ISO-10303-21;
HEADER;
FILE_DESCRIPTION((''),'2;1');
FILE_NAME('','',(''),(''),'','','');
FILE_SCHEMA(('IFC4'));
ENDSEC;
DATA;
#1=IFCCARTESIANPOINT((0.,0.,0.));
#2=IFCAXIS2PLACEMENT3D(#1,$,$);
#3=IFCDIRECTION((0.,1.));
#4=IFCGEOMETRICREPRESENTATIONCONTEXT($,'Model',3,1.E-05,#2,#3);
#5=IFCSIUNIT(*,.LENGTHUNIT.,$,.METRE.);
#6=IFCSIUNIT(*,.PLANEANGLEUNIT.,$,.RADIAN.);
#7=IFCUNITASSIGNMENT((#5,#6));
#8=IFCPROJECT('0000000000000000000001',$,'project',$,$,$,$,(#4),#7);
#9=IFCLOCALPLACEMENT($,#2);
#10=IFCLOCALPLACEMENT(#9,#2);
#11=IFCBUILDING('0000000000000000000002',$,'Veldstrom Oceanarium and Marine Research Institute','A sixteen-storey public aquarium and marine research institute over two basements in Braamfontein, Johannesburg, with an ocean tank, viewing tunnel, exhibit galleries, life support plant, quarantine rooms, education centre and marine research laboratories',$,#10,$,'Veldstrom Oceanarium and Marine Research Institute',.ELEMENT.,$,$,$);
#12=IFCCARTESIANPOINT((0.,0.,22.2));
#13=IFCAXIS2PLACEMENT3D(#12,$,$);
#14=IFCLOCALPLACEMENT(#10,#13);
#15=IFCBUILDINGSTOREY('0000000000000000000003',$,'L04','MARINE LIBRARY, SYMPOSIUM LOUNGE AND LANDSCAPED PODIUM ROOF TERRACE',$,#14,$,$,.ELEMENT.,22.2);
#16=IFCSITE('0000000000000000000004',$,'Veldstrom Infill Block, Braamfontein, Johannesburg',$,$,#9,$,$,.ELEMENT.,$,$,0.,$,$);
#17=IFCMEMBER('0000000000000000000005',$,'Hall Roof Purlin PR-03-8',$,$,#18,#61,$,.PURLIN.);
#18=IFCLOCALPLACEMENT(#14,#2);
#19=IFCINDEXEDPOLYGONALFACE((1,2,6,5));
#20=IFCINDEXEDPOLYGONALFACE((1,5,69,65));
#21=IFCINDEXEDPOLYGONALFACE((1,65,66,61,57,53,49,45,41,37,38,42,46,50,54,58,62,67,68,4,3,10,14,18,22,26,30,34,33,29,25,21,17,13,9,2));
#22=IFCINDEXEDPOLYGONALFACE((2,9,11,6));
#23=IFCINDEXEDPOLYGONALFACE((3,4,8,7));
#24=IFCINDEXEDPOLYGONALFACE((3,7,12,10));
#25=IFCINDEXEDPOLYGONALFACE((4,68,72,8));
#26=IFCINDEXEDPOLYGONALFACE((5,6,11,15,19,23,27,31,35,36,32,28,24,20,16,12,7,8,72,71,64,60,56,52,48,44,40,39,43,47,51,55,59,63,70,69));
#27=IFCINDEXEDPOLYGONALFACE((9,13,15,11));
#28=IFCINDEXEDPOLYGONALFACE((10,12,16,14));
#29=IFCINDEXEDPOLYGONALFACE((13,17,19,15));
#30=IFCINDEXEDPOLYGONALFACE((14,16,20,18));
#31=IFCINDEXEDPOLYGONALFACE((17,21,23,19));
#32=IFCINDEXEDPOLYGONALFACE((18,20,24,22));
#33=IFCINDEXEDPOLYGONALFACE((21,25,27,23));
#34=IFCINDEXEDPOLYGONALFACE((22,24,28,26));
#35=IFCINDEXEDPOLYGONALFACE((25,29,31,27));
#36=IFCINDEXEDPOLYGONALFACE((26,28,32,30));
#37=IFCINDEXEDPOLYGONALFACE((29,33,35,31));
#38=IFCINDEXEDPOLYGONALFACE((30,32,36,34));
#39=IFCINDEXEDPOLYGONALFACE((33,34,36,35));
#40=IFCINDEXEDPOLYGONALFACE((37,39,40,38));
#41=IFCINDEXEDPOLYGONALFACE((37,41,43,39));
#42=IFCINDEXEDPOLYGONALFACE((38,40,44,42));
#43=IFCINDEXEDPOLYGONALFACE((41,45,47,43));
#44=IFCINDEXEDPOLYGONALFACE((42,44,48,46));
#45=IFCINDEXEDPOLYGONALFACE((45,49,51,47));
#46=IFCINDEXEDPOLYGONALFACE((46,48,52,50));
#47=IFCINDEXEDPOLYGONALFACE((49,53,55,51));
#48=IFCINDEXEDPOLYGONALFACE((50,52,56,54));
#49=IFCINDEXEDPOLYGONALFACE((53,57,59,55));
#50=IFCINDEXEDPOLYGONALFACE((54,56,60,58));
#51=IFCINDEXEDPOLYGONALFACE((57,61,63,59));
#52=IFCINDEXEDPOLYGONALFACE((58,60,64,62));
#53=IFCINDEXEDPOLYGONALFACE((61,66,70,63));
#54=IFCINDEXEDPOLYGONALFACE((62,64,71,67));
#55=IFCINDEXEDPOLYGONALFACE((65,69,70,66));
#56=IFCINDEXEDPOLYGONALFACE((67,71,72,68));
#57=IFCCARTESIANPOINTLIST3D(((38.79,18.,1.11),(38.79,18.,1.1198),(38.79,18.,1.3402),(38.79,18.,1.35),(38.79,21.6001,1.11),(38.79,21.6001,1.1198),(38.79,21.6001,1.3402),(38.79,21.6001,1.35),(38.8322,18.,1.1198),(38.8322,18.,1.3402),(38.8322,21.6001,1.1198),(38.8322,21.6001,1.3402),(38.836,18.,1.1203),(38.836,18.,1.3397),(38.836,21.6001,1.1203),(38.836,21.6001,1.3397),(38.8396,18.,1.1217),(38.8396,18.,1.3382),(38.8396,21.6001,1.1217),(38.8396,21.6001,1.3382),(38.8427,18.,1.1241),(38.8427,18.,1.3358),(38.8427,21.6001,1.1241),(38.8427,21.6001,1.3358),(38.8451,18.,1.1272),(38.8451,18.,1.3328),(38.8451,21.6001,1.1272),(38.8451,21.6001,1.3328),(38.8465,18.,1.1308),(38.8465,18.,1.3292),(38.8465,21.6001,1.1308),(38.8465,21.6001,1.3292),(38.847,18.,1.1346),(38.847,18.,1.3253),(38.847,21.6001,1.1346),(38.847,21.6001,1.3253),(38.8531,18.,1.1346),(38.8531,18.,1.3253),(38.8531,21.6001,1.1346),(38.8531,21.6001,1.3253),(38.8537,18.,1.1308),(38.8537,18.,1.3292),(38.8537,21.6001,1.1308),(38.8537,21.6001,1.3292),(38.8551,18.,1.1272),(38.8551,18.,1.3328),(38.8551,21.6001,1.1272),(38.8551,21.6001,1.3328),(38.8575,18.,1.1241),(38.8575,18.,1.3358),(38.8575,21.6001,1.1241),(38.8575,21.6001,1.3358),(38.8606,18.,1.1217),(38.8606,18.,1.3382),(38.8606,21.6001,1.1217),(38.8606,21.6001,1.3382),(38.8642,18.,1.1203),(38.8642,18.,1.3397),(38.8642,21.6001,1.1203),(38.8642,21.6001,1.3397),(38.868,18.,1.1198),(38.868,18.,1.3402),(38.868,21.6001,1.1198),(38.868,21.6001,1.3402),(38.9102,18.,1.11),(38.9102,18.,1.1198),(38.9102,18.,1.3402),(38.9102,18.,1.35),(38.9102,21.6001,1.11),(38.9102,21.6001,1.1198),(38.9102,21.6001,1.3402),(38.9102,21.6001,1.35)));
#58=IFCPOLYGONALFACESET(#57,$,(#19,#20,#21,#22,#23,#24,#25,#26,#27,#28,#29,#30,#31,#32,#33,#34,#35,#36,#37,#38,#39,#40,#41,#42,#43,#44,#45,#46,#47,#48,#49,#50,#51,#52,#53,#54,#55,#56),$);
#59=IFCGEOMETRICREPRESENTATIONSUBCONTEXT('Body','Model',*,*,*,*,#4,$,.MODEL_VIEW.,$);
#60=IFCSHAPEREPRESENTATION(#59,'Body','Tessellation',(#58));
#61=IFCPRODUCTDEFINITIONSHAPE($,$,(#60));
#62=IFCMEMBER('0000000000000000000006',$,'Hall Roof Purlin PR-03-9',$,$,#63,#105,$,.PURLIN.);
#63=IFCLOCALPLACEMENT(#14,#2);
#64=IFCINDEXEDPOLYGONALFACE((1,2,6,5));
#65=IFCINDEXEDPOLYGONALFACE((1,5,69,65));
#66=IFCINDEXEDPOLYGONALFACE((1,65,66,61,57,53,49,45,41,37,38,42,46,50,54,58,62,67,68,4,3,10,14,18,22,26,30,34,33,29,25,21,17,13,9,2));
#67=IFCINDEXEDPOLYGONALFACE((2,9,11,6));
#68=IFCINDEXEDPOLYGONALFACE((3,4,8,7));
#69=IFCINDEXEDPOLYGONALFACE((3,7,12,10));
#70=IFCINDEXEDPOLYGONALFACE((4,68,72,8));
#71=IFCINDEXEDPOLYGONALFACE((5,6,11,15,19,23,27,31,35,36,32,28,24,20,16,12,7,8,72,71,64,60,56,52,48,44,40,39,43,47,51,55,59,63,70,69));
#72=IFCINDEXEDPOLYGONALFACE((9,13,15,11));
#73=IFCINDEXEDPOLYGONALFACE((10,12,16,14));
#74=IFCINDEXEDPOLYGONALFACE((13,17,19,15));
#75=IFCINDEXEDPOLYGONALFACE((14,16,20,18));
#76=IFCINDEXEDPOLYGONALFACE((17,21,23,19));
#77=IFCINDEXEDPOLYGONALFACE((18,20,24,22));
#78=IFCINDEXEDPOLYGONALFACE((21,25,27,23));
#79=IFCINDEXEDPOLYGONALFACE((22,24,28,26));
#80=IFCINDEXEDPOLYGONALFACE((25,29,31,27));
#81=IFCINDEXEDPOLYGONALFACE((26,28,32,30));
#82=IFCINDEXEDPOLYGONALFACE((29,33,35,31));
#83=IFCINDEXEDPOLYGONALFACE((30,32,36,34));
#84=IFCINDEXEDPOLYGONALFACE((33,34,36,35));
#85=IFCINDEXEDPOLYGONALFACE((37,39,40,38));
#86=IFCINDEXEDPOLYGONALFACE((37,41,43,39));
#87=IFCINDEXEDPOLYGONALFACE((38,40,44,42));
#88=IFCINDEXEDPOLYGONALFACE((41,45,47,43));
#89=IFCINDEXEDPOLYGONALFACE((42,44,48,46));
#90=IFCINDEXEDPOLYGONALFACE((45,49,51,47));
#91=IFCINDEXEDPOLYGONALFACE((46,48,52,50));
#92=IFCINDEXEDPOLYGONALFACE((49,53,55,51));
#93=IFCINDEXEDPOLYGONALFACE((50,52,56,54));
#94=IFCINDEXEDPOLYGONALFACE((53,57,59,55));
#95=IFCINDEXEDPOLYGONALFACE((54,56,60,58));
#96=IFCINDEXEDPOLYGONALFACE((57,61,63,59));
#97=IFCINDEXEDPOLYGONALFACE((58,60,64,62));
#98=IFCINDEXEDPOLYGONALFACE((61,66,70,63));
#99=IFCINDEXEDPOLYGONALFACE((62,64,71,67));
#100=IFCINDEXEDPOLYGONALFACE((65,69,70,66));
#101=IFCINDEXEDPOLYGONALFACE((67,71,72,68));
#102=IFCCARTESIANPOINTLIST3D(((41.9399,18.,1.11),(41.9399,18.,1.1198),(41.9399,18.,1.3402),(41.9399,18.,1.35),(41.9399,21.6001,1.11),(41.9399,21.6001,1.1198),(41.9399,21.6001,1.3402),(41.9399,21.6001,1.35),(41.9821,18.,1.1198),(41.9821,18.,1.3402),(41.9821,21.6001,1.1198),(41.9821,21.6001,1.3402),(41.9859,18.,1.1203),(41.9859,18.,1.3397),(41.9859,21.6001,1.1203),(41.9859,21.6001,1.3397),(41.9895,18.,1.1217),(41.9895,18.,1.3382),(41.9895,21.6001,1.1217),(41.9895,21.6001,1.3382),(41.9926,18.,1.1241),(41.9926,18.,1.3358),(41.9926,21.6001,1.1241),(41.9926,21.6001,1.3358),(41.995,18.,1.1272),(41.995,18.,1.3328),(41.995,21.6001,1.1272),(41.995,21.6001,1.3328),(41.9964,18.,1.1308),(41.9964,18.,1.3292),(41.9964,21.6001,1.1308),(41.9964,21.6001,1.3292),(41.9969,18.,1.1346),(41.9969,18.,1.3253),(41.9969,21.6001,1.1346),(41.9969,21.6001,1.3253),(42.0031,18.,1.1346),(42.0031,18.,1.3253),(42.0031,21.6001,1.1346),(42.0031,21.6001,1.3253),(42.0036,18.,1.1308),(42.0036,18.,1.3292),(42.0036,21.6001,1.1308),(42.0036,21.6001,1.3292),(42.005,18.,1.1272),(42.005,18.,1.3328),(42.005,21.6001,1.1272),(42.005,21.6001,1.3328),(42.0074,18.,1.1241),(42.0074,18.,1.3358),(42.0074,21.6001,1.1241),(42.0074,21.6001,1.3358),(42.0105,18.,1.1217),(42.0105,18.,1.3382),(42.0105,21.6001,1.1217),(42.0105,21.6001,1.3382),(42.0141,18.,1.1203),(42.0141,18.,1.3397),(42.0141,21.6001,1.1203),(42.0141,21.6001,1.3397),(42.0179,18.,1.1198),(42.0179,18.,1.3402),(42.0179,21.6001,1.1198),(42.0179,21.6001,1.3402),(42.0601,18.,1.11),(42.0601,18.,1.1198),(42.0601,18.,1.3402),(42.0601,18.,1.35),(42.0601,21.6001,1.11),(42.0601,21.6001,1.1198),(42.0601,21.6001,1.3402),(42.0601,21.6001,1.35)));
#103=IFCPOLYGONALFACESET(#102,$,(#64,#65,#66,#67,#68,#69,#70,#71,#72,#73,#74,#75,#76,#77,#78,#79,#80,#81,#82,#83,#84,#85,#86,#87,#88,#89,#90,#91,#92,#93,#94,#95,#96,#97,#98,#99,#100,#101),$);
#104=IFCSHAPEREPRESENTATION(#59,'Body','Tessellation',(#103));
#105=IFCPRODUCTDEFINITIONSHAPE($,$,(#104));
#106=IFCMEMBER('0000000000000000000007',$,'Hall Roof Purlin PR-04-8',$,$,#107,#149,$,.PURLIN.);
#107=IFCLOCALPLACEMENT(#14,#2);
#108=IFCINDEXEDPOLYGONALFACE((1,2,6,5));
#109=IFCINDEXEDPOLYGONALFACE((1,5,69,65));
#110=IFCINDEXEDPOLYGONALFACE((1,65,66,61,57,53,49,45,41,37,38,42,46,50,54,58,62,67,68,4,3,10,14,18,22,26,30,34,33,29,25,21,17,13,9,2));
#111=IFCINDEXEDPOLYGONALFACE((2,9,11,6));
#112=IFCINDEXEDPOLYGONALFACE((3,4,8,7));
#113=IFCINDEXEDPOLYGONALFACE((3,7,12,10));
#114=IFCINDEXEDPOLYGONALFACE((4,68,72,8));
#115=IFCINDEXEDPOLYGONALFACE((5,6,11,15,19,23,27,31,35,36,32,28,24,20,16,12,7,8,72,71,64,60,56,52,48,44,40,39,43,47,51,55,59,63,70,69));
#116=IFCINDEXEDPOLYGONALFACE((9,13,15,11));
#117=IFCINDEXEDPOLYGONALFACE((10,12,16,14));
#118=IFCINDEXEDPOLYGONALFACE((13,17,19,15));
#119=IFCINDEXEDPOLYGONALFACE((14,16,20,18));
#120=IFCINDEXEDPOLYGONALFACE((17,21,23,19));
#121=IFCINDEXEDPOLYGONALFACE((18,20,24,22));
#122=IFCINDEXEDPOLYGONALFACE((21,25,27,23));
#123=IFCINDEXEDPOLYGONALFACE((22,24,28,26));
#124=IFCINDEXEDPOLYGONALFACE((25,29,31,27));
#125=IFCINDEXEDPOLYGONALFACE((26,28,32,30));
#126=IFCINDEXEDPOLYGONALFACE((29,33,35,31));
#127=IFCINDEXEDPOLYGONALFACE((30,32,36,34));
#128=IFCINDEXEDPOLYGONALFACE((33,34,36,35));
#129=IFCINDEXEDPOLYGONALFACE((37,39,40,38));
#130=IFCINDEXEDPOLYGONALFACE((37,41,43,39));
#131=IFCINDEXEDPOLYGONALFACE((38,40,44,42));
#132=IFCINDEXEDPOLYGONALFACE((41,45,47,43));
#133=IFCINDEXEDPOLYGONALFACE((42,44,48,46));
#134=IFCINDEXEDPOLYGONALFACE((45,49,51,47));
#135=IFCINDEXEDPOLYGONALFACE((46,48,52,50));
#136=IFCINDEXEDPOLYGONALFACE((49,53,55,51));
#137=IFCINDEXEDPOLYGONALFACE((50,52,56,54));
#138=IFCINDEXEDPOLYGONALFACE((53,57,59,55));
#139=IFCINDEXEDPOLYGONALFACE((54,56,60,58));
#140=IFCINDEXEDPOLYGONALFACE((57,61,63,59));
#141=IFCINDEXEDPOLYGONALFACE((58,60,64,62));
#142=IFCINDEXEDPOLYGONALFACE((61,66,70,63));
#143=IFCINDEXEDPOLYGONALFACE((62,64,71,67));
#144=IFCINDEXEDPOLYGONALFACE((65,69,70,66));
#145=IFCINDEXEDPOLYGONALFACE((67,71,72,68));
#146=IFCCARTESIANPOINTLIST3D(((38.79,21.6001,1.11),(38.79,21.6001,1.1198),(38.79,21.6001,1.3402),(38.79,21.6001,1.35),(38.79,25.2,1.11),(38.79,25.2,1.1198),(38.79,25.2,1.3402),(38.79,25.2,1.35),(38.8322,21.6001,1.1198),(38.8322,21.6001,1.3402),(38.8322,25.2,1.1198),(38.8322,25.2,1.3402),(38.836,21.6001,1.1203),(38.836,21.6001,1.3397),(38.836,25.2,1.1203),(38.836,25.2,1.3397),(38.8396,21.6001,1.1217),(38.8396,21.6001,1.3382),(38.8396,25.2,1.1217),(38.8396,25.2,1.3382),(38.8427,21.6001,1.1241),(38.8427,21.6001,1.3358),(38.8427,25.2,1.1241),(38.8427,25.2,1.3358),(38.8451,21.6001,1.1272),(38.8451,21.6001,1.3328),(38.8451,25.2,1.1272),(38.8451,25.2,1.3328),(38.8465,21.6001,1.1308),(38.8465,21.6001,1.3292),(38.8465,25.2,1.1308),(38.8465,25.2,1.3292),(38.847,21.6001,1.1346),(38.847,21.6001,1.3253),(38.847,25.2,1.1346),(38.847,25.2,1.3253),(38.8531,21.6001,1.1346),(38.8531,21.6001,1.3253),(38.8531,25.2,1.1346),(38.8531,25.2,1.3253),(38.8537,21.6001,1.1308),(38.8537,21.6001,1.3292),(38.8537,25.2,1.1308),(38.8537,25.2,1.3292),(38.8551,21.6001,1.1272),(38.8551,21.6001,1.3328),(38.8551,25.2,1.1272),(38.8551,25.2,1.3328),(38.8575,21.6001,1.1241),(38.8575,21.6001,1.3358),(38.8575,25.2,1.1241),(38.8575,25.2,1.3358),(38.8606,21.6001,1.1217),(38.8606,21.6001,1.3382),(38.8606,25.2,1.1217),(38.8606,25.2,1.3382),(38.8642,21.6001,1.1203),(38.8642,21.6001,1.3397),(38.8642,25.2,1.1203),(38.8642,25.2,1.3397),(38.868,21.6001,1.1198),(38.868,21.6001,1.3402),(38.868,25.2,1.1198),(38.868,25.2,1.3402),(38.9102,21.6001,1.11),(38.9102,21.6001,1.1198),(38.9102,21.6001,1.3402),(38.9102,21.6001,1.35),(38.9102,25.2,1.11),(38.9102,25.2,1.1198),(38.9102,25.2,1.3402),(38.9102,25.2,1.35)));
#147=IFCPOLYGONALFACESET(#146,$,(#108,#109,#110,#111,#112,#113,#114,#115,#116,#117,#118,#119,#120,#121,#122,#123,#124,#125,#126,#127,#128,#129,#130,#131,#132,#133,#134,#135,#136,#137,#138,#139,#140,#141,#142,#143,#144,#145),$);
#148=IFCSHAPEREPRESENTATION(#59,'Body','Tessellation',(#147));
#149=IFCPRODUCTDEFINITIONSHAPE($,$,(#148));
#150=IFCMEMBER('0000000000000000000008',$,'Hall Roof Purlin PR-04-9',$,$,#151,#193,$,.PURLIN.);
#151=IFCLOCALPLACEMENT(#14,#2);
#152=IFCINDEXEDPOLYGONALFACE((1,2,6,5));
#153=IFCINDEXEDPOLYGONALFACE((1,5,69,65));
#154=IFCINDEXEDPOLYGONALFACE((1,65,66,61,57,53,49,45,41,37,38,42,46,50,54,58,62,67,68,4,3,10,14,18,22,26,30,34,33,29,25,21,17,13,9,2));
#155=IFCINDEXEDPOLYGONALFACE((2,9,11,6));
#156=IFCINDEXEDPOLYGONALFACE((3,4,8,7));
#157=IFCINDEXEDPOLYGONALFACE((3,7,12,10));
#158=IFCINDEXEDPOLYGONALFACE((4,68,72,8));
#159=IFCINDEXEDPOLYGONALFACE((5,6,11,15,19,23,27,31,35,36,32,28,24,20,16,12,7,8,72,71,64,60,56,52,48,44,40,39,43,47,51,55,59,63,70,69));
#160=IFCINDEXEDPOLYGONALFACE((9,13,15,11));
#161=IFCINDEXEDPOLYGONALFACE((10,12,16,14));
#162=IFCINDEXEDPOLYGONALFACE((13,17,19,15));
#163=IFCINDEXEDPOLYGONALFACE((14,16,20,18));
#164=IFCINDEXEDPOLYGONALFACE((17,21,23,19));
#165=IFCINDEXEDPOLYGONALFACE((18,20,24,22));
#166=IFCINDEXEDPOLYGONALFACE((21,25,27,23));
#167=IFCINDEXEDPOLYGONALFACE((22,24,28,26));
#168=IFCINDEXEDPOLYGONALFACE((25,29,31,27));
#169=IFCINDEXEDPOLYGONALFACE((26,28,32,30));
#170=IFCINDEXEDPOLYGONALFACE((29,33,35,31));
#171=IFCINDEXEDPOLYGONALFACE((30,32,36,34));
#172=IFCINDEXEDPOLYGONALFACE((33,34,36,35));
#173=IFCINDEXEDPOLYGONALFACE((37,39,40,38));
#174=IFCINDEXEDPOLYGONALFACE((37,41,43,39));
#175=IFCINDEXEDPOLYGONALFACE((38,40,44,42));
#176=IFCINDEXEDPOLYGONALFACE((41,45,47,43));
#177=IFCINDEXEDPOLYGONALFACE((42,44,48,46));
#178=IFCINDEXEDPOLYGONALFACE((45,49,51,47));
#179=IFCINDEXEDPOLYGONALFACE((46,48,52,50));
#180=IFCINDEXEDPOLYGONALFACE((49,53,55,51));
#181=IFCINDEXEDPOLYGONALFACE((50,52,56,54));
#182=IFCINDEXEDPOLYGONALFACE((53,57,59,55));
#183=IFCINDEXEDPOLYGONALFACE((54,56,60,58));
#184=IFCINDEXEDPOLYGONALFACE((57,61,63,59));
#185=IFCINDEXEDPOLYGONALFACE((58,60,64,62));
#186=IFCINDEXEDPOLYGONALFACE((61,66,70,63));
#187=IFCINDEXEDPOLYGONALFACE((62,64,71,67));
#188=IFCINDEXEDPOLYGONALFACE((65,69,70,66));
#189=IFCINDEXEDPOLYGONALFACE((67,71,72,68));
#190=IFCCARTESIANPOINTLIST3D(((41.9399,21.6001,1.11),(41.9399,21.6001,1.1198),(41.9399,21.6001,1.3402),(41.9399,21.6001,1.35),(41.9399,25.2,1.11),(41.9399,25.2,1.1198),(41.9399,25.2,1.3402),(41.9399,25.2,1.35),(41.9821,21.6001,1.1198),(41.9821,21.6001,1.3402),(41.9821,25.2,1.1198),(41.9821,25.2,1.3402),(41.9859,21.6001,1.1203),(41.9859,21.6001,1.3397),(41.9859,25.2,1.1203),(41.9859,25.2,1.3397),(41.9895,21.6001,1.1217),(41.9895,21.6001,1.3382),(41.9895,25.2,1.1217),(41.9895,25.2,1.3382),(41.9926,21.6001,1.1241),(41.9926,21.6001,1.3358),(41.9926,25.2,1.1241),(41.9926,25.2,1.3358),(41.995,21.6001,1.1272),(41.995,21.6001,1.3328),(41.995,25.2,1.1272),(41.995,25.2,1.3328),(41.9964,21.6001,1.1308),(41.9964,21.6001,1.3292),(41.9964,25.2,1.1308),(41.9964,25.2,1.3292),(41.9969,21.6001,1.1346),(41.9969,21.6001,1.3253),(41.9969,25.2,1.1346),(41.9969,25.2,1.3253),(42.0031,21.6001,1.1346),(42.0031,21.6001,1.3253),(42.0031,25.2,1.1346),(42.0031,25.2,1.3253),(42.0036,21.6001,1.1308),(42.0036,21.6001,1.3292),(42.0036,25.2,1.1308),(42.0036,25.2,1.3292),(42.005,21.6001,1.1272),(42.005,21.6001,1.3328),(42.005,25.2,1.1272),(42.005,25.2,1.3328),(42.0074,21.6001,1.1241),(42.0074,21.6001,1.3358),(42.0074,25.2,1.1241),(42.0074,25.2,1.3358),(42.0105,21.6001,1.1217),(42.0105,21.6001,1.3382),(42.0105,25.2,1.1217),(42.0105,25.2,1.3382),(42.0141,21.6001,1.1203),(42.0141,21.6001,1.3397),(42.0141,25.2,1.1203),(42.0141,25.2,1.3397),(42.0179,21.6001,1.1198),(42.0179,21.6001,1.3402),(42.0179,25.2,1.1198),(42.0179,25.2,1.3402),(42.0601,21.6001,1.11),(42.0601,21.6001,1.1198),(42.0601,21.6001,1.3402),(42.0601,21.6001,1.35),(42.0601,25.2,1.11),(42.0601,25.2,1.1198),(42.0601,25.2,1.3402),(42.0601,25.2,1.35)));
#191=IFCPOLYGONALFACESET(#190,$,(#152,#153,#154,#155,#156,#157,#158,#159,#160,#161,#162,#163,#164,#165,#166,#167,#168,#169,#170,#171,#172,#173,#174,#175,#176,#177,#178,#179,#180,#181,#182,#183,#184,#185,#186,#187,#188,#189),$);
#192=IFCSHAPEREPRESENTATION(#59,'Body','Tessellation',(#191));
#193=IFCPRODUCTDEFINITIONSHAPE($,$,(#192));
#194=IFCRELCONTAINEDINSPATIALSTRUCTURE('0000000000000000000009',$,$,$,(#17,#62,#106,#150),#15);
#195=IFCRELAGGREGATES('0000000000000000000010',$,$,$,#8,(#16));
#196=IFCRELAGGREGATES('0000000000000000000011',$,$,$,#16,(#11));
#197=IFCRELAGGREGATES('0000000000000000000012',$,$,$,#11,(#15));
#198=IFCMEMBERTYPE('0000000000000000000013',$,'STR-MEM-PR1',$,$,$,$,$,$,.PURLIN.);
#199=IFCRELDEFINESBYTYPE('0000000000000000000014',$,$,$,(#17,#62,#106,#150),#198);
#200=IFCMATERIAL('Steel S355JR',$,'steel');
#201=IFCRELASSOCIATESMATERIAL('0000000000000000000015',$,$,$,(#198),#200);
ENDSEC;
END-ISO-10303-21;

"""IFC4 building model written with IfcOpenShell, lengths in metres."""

from ifc_helpers import new_model, si_unit, direction, frame, origin, origin_2d, place, context, subcontext, project, spatial, i_section, extrude, material, material_profile, profile_set, type_object, element, save


model = new_model("IFC4")

# Units and contexts
model_context = context("Model", 3, precision=1e-05, world=origin(), true_north=direction((0.0, 1.0)))
body_context = subcontext(model_context, "Body", "Model", "MODEL_VIEW")
ifc_project = project(units=[si_unit("LENGTHUNIT", "METRE"), si_unit("PLANEANGLEUNIT", "RADIAN")], contexts=[model_context])

# Site, building, storey
site_placement = place(None, origin())
site = spatial("IfcSite", under=ifc_project, at=site_placement, Name="Veldstrom Infill Block, Braamfontein, Johannesburg", CompositionType="ELEMENT", RefElevation=0.0)
building_placement = place(site_placement, origin())
building = spatial("IfcBuilding", under=site, at=building_placement, Name="Veldstrom Oceanarium and Marine Research Institute", Description="A sixteen-storey public aquarium and marine research institute over two basements in Braamfontein, Johannesburg, with an ocean tank, viewing tunnel, exhibit galleries, life support plant, quarantine rooms, education centre and marine research laboratories", LongName="Veldstrom Oceanarium and Marine Research Institute", CompositionType="ELEMENT")
storey_placement = place(building_placement, frame((0.0, 0.0, 22.2)))
storey = spatial("IfcBuildingStorey", under=building, at=storey_placement, Name="L04", Description="MARINE LIBRARY, SYMPOSIUM LOUNGE AND LANDSCAPED PODIUM ROOF TERRACE", CompositionType="ELEMENT", Elevation=22.2)

# Members
ifc_material_1 = material(Name="Steel S355JR", Category="steel")
ifc_material_profile_1 = material_profile(ifc_material_1, i_section(OverallWidth=0.1201, OverallDepth=0.24, WebThickness=0.0061, FlangeThickness=0.0098, FilletRadius=0.0149, at=origin_2d()), Name="IPE 240")
ifc_profile_set_1 = profile_set([ifc_material_profile_1], Name="Steel S355JR")
member_type_1 = type_object("IfcMemberType", Name="STR-MEM-PR1", PredefinedType="PURLIN", material=ifc_profile_set_1)
for number, where, z_axis, x_axis, name in (
    (1, (38.8501, 18.0, 1.23), (0.0, 1.0, 0.0), (-1.0, 0.0, 0.0), "Hall Roof Purlin PR-03-8"),
    (2, (42.0, 18.0, 1.23), (0.0, 1.0, 0.0), (-1.0, 0.0, 0.0), "Hall Roof Purlin PR-03-9"),
):
    element("IfcMember", number, at=place(storey_placement, frame(where, z_axis=z_axis, x_axis=x_axis)), inside=storey, type_object=member_type_1, Name=name, PredefinedType="PURLIN", context=body_context, shape_type="SweptSolid", body=[
        extrude(i_section(OverallWidth=0.1201, OverallDepth=0.24, WebThickness=0.0061, FlangeThickness=0.0098, FilletRadius=0.0149, at=origin_2d()), origin(), (0.0, 0.0, 1.0), 3.6001),
    ])
for number, where, z_axis, x_axis, name in (
    (3, (38.8501, 21.6001, 1.23), (0.0, 1.0, 0.0), (-1.0, 0.0, 0.0), "Hall Roof Purlin PR-04-8"),
    (4, (42.0, 21.6001, 1.23), (0.0, 1.0, 0.0), (-1.0, 0.0, 0.0), "Hall Roof Purlin PR-04-9"),
):
    element("IfcMember", number, at=place(storey_placement, frame(where, z_axis=z_axis, x_axis=x_axis)), inside=storey, type_object=member_type_1, Name=name, PredefinedType="PURLIN", context=body_context, shape_type="SweptSolid", body=[
        extrude(i_section(OverallWidth=0.1201, OverallDepth=0.24, WebThickness=0.0061, FlangeThickness=0.0098, FilletRadius=0.0149, at=origin_2d()), origin(), (0.0, 0.0, 1.0), 3.5999),
    ])

save(model, "model.ifc")
